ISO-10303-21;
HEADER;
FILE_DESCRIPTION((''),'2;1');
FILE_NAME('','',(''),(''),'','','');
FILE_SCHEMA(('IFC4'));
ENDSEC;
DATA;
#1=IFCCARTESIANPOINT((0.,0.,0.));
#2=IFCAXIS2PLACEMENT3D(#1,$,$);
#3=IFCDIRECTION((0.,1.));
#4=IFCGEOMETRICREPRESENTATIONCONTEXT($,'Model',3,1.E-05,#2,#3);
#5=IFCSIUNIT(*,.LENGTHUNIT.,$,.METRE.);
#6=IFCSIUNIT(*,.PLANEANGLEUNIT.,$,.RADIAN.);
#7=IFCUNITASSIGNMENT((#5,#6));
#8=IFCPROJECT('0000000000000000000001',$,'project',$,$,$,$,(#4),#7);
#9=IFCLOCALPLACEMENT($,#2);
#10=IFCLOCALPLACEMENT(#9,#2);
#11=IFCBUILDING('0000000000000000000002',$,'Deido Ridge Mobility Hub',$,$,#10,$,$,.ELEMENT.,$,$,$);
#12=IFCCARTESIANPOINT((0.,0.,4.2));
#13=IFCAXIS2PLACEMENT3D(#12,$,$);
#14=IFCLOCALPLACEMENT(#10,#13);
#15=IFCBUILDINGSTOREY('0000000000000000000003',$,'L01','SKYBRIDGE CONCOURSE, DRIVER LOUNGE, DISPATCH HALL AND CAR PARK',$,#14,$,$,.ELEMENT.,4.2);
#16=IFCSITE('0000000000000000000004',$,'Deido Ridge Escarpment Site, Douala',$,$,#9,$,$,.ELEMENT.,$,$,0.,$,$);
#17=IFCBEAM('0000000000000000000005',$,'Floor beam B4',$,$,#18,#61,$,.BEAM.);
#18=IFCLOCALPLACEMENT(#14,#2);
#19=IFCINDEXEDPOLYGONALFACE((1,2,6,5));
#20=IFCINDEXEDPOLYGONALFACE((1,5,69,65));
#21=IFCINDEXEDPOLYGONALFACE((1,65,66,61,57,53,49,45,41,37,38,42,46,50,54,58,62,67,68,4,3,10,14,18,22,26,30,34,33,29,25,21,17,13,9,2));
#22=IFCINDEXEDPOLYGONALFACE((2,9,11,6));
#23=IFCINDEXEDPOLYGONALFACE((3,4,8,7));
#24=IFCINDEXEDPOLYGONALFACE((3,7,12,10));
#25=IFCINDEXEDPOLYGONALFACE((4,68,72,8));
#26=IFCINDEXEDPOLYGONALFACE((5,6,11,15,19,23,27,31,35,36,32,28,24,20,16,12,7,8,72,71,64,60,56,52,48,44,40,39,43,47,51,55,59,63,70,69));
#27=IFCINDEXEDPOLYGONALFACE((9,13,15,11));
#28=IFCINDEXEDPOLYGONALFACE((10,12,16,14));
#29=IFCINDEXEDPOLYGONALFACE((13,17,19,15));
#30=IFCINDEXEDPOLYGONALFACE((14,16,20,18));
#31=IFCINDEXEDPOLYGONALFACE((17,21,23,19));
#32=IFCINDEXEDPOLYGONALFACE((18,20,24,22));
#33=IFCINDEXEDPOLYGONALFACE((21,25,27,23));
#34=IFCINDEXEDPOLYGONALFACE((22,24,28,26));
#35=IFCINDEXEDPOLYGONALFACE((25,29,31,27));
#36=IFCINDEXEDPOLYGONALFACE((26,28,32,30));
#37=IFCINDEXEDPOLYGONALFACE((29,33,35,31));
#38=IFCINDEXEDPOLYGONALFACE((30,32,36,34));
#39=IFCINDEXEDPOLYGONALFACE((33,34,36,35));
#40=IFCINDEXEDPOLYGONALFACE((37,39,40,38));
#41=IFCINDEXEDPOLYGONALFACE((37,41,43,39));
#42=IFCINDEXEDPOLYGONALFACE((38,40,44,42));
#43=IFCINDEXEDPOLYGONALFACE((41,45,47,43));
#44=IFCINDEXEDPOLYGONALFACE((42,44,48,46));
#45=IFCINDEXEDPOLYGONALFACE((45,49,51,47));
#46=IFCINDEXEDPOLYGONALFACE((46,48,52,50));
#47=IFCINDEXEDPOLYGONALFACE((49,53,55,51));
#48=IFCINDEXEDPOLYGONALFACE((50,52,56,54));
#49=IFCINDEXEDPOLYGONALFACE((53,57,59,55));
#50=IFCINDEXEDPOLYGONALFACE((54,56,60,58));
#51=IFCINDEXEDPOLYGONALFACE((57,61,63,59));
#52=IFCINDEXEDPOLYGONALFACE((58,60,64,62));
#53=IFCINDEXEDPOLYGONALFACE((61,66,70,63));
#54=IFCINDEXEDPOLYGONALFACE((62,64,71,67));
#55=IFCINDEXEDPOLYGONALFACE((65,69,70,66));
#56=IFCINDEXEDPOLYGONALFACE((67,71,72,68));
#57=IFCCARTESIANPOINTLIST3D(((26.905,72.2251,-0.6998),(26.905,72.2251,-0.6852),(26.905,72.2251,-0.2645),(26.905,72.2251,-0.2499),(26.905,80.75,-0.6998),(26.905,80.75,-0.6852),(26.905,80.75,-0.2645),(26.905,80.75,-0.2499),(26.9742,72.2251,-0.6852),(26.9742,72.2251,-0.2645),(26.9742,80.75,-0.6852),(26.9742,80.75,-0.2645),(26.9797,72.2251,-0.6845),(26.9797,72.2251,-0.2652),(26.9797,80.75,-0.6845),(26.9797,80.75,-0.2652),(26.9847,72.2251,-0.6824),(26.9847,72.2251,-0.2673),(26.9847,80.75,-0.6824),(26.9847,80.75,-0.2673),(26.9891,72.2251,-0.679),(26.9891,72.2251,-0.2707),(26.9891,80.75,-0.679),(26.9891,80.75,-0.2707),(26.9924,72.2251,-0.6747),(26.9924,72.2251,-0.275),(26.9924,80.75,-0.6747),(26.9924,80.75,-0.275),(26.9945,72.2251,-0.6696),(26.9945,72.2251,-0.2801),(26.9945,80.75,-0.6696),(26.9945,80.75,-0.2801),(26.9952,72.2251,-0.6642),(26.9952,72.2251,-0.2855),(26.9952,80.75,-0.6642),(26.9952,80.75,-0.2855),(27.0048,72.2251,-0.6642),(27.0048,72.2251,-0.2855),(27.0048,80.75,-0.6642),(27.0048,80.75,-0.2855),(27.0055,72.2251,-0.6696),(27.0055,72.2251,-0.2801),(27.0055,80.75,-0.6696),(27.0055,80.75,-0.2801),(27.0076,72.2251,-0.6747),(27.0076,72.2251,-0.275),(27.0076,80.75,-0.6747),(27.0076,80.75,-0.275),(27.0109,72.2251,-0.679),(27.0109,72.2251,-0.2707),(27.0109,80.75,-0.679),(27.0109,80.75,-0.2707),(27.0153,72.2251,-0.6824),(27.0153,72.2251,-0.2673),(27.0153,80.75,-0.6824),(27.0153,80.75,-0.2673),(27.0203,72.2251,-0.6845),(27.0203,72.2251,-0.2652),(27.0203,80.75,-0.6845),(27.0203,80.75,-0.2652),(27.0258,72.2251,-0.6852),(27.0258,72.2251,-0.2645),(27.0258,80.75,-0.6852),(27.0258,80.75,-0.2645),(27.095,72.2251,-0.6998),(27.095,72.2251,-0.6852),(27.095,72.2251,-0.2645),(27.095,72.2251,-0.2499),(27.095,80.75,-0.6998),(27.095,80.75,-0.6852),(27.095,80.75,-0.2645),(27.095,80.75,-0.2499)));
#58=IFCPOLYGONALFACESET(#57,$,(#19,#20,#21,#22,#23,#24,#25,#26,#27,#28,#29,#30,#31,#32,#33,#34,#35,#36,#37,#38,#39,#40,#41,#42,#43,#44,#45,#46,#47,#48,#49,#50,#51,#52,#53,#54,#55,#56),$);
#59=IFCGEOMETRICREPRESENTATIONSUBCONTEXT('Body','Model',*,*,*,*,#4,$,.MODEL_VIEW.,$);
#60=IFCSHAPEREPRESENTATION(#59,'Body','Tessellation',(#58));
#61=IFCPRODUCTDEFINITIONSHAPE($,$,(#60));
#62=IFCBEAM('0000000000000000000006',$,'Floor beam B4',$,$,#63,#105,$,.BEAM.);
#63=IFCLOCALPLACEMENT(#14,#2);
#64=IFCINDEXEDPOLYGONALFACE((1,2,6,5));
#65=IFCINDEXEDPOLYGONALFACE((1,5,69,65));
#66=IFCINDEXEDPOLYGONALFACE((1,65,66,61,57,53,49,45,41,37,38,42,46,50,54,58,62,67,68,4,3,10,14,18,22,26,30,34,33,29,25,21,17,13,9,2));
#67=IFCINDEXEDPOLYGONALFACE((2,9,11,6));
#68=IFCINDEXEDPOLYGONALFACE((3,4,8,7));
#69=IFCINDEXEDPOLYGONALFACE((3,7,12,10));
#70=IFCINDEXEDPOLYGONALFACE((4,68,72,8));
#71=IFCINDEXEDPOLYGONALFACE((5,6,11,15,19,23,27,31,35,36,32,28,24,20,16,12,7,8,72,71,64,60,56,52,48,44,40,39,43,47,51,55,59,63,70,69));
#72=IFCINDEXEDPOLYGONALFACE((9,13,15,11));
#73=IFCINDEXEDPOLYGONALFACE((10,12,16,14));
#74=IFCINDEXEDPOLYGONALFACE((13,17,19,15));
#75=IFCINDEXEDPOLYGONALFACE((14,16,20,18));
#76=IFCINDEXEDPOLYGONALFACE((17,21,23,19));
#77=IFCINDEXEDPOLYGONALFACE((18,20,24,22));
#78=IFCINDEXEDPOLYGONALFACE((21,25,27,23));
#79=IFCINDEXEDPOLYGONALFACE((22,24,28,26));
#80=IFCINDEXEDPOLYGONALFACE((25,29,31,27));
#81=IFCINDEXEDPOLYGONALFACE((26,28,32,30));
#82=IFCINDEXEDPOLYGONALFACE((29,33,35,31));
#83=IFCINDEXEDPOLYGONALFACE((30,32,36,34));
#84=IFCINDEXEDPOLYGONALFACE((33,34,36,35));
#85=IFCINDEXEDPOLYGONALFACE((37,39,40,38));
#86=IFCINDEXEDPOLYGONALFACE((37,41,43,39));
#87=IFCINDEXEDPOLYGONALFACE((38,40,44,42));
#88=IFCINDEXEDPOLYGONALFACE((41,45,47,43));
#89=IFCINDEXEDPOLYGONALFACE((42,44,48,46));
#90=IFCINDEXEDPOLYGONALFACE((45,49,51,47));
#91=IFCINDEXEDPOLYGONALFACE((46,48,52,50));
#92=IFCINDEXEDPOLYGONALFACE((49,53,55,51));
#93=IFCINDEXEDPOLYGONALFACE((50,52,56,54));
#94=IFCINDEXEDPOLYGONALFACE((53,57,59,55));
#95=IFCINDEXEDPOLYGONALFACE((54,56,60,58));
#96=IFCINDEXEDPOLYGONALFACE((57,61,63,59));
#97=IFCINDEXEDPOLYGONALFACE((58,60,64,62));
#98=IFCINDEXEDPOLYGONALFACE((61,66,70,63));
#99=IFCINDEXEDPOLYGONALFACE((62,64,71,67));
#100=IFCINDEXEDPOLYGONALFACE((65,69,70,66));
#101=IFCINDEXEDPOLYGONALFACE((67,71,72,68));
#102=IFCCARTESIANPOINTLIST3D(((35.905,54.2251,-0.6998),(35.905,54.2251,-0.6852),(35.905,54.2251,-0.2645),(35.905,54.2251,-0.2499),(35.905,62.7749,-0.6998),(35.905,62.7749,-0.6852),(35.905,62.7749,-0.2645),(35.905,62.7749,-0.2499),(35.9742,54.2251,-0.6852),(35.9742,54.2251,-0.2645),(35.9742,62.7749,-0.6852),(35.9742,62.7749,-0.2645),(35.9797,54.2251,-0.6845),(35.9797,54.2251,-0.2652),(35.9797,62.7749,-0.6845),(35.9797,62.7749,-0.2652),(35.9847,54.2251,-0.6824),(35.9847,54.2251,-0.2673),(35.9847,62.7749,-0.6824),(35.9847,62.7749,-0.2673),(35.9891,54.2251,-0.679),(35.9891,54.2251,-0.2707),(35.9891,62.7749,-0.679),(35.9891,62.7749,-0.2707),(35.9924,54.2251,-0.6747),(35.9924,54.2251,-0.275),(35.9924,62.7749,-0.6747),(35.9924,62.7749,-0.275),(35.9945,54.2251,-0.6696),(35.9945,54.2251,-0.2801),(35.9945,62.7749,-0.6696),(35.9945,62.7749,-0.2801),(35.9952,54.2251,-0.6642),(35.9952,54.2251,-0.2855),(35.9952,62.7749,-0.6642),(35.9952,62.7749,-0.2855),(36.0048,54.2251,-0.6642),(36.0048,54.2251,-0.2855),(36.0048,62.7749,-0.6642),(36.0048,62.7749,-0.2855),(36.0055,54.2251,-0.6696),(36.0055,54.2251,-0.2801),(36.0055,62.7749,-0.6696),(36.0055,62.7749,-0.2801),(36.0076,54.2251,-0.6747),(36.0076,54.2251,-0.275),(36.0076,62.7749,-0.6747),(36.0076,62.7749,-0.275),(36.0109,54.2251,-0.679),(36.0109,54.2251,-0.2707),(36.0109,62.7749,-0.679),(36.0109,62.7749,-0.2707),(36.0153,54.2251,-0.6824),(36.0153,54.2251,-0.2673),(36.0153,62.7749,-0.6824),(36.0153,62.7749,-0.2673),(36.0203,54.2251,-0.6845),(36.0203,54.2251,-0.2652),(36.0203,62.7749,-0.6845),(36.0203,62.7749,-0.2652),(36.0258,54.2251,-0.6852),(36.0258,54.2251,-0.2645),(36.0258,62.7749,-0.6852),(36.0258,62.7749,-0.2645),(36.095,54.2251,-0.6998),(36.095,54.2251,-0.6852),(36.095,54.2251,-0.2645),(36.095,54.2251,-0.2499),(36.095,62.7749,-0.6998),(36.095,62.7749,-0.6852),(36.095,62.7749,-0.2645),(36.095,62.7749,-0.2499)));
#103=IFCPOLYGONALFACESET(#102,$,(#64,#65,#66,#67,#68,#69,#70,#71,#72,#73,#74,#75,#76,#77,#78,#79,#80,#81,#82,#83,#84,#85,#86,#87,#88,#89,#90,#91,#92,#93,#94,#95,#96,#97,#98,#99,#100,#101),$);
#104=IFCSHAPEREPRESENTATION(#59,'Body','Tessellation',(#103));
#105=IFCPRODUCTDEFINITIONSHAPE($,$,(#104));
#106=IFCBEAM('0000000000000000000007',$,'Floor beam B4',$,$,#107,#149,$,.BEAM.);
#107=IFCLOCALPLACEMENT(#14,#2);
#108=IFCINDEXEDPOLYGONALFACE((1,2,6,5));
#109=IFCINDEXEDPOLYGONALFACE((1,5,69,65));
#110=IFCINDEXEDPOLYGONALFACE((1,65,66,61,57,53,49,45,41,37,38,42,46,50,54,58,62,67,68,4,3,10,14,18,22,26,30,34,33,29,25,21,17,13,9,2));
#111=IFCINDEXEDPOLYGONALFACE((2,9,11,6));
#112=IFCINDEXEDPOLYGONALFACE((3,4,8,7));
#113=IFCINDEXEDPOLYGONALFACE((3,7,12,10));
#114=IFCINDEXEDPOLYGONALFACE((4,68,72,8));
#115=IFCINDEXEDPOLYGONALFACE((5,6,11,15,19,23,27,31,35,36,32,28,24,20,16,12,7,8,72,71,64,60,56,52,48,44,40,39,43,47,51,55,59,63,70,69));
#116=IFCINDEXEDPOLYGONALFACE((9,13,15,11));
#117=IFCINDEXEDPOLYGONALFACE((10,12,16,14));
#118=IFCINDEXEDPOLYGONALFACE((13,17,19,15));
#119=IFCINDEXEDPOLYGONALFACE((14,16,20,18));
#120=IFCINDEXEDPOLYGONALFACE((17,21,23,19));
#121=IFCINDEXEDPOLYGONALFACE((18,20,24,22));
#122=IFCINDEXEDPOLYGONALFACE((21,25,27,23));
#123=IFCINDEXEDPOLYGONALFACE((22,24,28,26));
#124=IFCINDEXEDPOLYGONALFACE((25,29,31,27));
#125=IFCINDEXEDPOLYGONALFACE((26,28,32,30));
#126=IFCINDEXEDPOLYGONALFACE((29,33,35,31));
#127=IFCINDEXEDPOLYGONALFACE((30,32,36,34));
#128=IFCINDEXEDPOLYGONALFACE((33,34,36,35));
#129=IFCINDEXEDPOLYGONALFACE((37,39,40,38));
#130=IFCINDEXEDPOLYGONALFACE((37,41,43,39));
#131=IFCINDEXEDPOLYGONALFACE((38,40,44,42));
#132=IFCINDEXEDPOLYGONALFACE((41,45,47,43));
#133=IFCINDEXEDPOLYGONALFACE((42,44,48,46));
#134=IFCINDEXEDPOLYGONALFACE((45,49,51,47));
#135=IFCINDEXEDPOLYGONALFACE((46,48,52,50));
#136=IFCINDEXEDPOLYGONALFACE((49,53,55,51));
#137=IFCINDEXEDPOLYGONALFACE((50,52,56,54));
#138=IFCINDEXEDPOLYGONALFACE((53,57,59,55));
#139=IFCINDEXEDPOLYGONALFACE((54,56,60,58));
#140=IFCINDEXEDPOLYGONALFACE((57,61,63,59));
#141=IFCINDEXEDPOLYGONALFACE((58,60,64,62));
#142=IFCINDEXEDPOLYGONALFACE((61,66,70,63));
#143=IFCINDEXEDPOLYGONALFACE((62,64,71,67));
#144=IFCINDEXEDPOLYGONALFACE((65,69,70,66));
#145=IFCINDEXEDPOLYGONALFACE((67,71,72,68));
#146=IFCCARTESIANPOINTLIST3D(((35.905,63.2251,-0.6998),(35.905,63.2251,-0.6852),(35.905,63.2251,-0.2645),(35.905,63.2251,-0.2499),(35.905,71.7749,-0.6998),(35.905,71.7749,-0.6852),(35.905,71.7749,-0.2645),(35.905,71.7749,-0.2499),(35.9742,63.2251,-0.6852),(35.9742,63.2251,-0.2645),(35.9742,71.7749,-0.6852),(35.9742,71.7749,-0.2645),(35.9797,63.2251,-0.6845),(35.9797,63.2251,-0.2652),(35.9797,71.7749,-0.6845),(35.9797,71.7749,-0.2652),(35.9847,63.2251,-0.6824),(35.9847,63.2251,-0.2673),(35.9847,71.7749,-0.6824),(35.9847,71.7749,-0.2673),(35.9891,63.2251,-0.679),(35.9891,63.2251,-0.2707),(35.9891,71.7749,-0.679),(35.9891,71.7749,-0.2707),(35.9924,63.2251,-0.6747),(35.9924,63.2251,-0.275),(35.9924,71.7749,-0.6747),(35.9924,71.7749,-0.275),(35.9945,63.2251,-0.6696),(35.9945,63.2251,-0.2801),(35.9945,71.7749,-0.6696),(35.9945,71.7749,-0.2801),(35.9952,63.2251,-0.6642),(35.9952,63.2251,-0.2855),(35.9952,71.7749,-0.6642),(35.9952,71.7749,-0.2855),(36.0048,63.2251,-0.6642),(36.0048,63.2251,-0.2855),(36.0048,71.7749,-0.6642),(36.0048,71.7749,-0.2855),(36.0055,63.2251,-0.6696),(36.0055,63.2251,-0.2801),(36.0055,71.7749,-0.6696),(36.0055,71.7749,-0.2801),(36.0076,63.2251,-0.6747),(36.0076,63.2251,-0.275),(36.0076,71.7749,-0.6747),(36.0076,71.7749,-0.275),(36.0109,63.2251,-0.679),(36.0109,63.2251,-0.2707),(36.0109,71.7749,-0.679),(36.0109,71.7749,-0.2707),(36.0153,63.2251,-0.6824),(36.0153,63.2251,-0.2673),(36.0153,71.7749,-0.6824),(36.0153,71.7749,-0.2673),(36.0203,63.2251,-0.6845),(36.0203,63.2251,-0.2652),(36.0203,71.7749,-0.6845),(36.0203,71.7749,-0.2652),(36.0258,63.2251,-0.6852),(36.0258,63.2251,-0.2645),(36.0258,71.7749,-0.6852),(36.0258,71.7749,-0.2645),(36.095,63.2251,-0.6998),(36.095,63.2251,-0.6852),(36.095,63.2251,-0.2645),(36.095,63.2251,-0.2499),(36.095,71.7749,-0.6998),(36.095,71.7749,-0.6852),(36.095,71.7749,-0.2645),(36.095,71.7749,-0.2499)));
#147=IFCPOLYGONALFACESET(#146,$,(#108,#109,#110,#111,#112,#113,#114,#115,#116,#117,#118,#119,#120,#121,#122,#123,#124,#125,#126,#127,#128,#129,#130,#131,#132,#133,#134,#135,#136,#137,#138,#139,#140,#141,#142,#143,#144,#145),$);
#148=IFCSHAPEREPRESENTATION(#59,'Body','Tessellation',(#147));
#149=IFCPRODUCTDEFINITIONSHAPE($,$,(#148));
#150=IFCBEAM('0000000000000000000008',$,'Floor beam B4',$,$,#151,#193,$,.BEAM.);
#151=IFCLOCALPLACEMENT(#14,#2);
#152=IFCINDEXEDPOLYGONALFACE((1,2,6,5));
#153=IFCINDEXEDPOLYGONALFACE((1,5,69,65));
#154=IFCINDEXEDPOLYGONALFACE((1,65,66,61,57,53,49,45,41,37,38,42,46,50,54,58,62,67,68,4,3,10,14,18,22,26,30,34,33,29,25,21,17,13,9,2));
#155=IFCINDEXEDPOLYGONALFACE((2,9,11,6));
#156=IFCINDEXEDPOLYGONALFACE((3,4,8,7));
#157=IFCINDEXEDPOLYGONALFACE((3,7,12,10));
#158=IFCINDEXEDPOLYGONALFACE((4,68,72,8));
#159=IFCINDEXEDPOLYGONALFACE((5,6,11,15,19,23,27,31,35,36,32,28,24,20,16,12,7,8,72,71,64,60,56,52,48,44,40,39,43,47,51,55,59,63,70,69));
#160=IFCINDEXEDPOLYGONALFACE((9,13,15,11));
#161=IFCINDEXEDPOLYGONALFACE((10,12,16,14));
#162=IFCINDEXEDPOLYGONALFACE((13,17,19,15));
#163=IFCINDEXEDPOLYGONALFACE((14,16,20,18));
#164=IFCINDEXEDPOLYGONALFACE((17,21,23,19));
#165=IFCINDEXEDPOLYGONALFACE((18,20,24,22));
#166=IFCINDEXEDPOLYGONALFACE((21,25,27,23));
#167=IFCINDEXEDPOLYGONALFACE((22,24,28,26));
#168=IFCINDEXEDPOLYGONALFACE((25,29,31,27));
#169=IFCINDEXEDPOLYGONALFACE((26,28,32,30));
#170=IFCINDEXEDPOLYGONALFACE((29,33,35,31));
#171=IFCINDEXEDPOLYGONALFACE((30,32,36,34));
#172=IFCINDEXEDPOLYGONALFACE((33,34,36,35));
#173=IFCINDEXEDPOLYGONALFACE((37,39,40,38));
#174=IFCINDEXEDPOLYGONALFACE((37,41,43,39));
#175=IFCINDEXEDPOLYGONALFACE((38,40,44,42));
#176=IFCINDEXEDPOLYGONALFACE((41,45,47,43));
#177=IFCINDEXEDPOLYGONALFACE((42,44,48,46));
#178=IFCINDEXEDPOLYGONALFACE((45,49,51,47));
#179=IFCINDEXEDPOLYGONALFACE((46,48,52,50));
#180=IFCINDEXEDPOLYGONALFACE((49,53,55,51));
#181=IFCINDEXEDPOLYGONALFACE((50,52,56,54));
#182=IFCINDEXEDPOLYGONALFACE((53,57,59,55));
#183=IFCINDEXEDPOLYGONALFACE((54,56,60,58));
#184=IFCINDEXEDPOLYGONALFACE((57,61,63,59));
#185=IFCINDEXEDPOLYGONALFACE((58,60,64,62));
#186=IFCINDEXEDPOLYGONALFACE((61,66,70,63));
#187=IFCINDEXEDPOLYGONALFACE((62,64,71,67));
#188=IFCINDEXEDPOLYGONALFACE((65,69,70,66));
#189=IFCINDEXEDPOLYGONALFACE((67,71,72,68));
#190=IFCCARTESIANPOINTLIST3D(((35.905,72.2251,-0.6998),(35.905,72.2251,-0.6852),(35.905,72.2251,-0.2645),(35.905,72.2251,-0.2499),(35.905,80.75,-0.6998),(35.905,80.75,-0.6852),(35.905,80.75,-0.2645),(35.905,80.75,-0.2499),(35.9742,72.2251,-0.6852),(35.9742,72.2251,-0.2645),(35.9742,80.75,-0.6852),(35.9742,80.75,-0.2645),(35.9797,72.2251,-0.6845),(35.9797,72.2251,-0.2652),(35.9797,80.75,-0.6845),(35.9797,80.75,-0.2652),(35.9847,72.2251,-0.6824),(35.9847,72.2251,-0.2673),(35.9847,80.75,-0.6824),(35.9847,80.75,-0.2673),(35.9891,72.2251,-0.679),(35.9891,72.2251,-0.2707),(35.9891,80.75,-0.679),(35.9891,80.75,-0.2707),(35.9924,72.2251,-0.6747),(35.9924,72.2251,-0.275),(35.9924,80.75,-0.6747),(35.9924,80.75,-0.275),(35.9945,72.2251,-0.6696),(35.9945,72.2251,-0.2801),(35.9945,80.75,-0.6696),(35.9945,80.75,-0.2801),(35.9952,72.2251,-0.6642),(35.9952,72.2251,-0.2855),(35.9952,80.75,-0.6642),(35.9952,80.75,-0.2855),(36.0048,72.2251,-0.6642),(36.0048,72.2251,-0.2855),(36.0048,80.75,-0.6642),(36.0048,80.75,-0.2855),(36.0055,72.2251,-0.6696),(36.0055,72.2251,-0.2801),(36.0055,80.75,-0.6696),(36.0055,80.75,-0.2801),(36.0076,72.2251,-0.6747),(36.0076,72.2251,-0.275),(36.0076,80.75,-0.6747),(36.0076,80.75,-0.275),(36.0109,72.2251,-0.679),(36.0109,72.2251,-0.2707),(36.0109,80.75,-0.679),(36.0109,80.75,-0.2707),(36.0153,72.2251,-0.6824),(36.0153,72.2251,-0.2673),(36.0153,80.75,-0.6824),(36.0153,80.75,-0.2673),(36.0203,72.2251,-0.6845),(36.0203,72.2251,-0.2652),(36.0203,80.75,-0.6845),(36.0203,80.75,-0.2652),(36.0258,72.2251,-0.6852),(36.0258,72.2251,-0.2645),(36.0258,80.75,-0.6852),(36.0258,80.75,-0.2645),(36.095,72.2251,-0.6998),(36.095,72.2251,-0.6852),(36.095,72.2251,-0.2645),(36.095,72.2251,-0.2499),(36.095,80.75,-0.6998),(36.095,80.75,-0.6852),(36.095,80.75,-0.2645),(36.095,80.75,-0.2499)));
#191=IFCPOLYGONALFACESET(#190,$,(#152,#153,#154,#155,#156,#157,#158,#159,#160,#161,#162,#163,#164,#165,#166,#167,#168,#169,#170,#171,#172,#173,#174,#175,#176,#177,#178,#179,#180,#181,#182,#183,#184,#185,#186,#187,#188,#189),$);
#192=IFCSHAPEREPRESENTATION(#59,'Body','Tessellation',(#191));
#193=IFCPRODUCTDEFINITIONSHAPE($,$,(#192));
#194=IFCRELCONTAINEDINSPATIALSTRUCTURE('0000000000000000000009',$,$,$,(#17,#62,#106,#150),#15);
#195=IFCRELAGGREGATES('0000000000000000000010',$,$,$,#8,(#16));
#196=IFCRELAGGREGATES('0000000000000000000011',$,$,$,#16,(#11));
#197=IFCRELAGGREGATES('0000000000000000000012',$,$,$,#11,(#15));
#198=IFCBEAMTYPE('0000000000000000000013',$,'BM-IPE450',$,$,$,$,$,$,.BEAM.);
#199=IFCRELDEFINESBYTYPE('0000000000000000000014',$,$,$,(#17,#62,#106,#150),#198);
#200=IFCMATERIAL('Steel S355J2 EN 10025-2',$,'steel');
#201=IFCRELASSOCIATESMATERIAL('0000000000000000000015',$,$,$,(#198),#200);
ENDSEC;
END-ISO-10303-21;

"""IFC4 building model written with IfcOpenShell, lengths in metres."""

from ifc_helpers import new_model, si_unit, direction, frame, origin, origin_2d, place, context, subcontext, project, spatial, i_section, extrude, material, material_profile, profile_set, type_object, element, save


model = new_model("IFC4")

# Units and contexts
model_context = context("Model", 3, precision=1e-05, world=origin(), true_north=direction((0.0, 1.0)))
body_context = subcontext(model_context, "Body", "Model", "MODEL_VIEW")
ifc_project = project(units=[si_unit("LENGTHUNIT", "METRE"), si_unit("PLANEANGLEUNIT", "RADIAN")], contexts=[model_context])

# Site, building, storey
site_placement = place(None, origin())
site = spatial("IfcSite", under=ifc_project, at=site_placement, Name="Deido Ridge Escarpment Site, Douala", CompositionType="ELEMENT", RefElevation=0.0)
building_placement = place(site_placement, origin())
building = spatial("IfcBuilding", under=site, at=building_placement, Name="Deido Ridge Mobility Hub", CompositionType="ELEMENT")
storey_placement = place(building_placement, frame((0.0, 0.0, 4.2)))
storey = spatial("IfcBuildingStorey", under=building, at=storey_placement, Name="L01", Description="SKYBRIDGE CONCOURSE, DRIVER LOUNGE, DISPATCH HALL AND CAR PARK", CompositionType="ELEMENT", Elevation=4.2)

# Shared definitions
ifc_material_1 = material(Name="Steel S355J2 EN 10025-2", Category="steel")

# Beams
ifc_material_profile_1 = material_profile(ifc_material_1, i_section(OverallWidth=0.1899, OverallDepth=0.45, WebThickness=0.0095, FlangeThickness=0.0146, FilletRadius=0.021, at=origin_2d()), Name="IPE 450")
ifc_profile_set_1 = profile_set([ifc_material_profile_1], Name="Steel S355J2 EN 10025-2")
beam_type_1 = type_object("IfcBeamType", Name="BM-IPE450", PredefinedType="BEAM", material=ifc_profile_set_1)
beam_1_placement = place(storey_placement, frame((27.0, 72.2251, -0.4749), z_axis=(0.0, 1.0, 0.0), x_axis=(-1.0, 0.0, 0.0)))
element("IfcBeam", 1, at=beam_1_placement, inside=storey, type_object=beam_type_1, Name="Floor beam B4", PredefinedType="BEAM", context=body_context, shape_type="SweptSolid", body=[
    extrude(i_section(OverallWidth=0.1899, OverallDepth=0.45, WebThickness=0.0095, FlangeThickness=0.0146, FilletRadius=0.021, at=origin_2d()), origin(), (0.0, 0.0, 1.0), 8.5249),
])
for number, where, z_axis, x_axis, name in (
    (2, (36.0, 54.2251, -0.4749), (0.0, 1.0, 0.0), (-1.0, 0.0, 0.0), "Floor beam B4"),
    (3, (36.0, 63.2251, -0.4749), (0.0, 1.0, 0.0), (-1.0, 0.0, 0.0), "Floor beam B4"),
):
    element("IfcBeam", number, at=place(storey_placement, frame(where, z_axis=z_axis, x_axis=x_axis)), inside=storey, type_object=beam_type_1, Name=name, PredefinedType="BEAM", context=body_context, shape_type="SweptSolid", body=[
        extrude(i_section(OverallWidth=0.1899, OverallDepth=0.45, WebThickness=0.0095, FlangeThickness=0.0146, FilletRadius=0.021, at=origin_2d()), origin(), (0.0, 0.0, 1.0), 8.5498),
    ])
beam_2_placement = place(storey_placement, frame((36.0, 72.2251, -0.4749), z_axis=(0.0, 1.0, 0.0), x_axis=(-1.0, 0.0, 0.0)))
element("IfcBeam", 4, at=beam_2_placement, inside=storey, type_object=beam_type_1, Name="Floor beam B4", PredefinedType="BEAM", context=body_context, shape_type="SweptSolid", body=[
    extrude(i_section(OverallWidth=0.1899, OverallDepth=0.45, WebThickness=0.0095, FlangeThickness=0.0146, FilletRadius=0.021, at=origin_2d()), origin(), (0.0, 0.0, 1.0), 8.5249),
])

save(model, "model.ifc")
